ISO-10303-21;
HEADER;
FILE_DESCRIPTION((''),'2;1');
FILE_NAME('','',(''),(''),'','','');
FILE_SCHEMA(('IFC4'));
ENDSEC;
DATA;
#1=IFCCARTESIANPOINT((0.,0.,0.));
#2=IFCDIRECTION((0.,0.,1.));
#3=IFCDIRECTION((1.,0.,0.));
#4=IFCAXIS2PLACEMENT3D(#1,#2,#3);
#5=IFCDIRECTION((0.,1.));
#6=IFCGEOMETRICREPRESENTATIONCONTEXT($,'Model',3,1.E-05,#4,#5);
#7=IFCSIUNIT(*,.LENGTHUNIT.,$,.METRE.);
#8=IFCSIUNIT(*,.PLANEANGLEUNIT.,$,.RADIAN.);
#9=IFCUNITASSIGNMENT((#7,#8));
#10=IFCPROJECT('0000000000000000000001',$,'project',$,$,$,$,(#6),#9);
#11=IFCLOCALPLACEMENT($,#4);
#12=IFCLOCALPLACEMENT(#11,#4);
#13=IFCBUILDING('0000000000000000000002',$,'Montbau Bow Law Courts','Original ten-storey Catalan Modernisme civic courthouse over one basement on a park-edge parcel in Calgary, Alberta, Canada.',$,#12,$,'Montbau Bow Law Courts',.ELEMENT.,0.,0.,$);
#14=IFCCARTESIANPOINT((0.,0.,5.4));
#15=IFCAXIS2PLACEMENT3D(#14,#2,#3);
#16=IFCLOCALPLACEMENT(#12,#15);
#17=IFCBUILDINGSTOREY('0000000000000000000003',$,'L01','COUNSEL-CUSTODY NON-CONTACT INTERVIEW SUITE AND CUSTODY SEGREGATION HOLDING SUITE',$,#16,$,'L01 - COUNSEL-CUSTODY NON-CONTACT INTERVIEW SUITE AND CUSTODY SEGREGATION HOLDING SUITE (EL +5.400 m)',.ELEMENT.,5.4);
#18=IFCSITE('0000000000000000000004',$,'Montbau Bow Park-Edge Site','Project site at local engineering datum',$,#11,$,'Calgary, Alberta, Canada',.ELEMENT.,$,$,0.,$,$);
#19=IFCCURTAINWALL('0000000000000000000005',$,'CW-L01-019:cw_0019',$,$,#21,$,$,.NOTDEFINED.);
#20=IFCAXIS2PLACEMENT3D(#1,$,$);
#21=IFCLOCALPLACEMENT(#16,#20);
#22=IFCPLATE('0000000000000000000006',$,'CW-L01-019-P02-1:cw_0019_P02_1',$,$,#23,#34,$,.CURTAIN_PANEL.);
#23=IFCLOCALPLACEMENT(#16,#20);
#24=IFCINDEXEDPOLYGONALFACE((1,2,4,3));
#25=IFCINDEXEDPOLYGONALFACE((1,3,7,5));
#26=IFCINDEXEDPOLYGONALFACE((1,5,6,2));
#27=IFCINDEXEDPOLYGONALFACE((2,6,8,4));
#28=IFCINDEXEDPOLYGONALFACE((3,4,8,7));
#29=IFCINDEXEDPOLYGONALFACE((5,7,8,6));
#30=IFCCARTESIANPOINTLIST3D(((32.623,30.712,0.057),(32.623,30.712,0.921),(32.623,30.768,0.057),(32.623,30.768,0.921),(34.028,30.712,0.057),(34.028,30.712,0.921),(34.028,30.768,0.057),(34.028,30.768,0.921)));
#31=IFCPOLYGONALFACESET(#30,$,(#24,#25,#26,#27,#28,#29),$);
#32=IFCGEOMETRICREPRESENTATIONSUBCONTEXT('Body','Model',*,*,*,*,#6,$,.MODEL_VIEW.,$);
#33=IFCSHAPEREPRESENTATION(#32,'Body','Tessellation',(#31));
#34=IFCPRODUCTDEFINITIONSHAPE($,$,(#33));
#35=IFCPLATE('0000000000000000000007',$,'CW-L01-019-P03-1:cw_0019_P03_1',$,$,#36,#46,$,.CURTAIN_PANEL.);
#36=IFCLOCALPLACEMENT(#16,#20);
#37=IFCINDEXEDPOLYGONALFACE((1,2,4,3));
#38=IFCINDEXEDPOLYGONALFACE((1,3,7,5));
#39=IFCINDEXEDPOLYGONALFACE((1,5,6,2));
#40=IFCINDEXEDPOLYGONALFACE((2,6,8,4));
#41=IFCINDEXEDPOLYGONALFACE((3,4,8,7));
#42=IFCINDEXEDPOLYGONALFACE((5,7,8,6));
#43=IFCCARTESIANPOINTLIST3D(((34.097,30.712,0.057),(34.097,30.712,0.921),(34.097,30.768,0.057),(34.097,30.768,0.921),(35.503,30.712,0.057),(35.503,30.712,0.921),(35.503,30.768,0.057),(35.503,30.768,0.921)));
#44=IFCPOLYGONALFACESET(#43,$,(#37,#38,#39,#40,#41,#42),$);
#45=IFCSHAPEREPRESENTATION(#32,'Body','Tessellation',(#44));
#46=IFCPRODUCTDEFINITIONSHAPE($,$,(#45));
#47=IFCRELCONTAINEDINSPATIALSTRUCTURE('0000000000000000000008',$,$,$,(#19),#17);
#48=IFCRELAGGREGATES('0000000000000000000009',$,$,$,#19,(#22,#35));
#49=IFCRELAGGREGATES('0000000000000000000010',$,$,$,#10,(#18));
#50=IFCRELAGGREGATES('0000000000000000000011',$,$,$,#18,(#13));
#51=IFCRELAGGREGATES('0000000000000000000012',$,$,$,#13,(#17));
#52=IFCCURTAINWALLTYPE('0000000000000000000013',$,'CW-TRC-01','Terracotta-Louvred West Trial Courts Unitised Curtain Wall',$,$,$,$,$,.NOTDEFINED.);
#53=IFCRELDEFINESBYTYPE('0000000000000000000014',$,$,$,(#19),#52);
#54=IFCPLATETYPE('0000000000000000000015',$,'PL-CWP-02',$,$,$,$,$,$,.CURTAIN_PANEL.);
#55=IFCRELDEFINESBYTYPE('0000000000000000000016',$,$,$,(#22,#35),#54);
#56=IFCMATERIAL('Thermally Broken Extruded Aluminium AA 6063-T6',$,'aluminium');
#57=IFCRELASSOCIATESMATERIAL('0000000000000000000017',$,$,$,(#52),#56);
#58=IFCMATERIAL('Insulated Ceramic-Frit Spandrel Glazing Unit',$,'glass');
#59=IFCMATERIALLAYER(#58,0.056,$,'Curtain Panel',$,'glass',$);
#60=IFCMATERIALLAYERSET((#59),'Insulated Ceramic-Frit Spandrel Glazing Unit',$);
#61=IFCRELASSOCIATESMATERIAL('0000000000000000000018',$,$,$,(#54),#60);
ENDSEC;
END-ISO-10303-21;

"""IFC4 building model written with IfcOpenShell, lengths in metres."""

from ifc_helpers import new_model, si_unit, direction, frame, frame_2d, origin_with_axes, place, context, subcontext, project, spatial, rectangle, extrude, material, layer, layer_set, type_object, element, aggregate, save


model = new_model("IFC4")

# Units and contexts
model_context = context("Model", 3, precision=1e-05, world=origin_with_axes(), true_north=direction((0.0, 1.0)))
body_context = subcontext(model_context, "Body", "Model", "MODEL_VIEW")
ifc_project = project(units=[si_unit("LENGTHUNIT", "METRE"), si_unit("PLANEANGLEUNIT", "RADIAN")], contexts=[model_context])

# Site, building, storey
site_placement = place(None, origin_with_axes())
site = spatial("IfcSite", under=ifc_project, at=site_placement, Name="Montbau Bow Park-Edge Site", Description="Project site at local engineering datum", LongName="Calgary, Alberta, Canada", CompositionType="ELEMENT", RefElevation=0.0)
building_placement = place(site_placement, origin_with_axes())
building = spatial("IfcBuilding", under=site, at=building_placement, Name="Montbau Bow Law Courts", Description="Original ten-storey Catalan Modernisme civic courthouse over one basement on a park-edge parcel in Calgary, Alberta, Canada.", LongName="Montbau Bow Law Courts", CompositionType="ELEMENT", ElevationOfRefHeight=0.0, ElevationOfTerrain=0.0)
storey_placement = place(building_placement, frame((0.0, 0.0, 5.4), z_axis=(0.0, 0.0, 1.0), x_axis=(1.0, 0.0, 0.0)))
storey = spatial("IfcBuildingStorey", under=building, at=storey_placement, Name="L01", Description="COUNSEL-CUSTODY NON-CONTACT INTERVIEW SUITE AND CUSTODY SEGREGATION HOLDING SUITE", LongName="L01 - COUNSEL-CUSTODY NON-CONTACT INTERVIEW SUITE AND CUSTODY SEGREGATION HOLDING SUITE (EL +5.400 m)", CompositionType="ELEMENT", Elevation=5.4)

# Curtain wall
ifc_material_1 = material(Name="Thermally Broken Extruded Aluminium AA 6063-T6", Category="aluminium")
curtain_wall_type = type_object("IfcCurtainWallType", Name="CW-TRC-01", Description="Terracotta-Louvred West Trial Courts Unitised Curtain Wall", PredefinedType="NOTDEFINED", material=ifc_material_1)
curtain_wall_1_placement = place(None, frame((31.115, 30.74, 5.4), z_axis=(0.0, 0.0, 1.0), x_axis=(1.0, 0.0, 0.0)))
curtain_wall_1 = element("IfcCurtainWall", 1, at=curtain_wall_1_placement, inside=storey, type_object=curtain_wall_type, Name="CW-L01-019:cw_0019", PredefinedType="NOTDEFINED")

# Plates
ifc_material_2 = material(Name="Insulated Ceramic-Frit Spandrel Glazing Unit", Category="glass")
ifc_layer_1 = layer(ifc_material_2, 0.056, Name="Curtain Panel", Category="glass")
ifc_layer_set_1 = layer_set([ifc_layer_1], Name="Insulated Ceramic-Frit Spandrel Glazing Unit")
plate_type_1 = type_object("IfcPlateType", Name="PL-CWP-02", PredefinedType="CURTAIN_PANEL", material=ifc_layer_set_1)
plate_1_placement = place(None, frame((32.623, 30.74, 5.457), z_axis=(0.0, -1.0, 0.0), x_axis=(1.0, 0.0, 0.0)))
plate_1 = element("IfcPlate", 2, at=plate_1_placement, type_object=plate_type_1, Name="CW-L01-019-P02-1:cw_0019_P02_1", PredefinedType="CURTAIN_PANEL", context=body_context, shape_type="SweptSolid", body=[
    extrude(rectangle(XDim=1.405, YDim=0.864, at=frame_2d((0.7025, 0.432), x_axis=(1.0, 0.0))), frame((0.0, 0.0, -0.028), z_axis=(0.0, 0.0, 1.0), x_axis=(1.0, 0.0, 0.0)), (0.0, 0.0, 1.0), 0.056),
])
plate_2_placement = place(None, frame((34.097, 30.74, 5.457), z_axis=(0.0, -1.0, 0.0), x_axis=(1.0, 0.0, 0.0)))
plate_2 = element("IfcPlate", 3, at=plate_2_placement, type_object=plate_type_1, Name="CW-L01-019-P03-1:cw_0019_P03_1", PredefinedType="CURTAIN_PANEL", context=body_context, shape_type="SweptSolid", body=[
    extrude(rectangle(XDim=1.406, YDim=0.864, at=frame_2d((0.703, 0.432), x_axis=(1.0, 0.0))), frame((0.0, 0.0, -0.028), z_axis=(0.0, 0.0, 1.0), x_axis=(1.0, 0.0, 0.0)), (0.0, 0.0, 1.0), 0.056),
])
aggregate(curtain_wall_1, [plate_1, plate_2])

save(model, "model.ifc")
